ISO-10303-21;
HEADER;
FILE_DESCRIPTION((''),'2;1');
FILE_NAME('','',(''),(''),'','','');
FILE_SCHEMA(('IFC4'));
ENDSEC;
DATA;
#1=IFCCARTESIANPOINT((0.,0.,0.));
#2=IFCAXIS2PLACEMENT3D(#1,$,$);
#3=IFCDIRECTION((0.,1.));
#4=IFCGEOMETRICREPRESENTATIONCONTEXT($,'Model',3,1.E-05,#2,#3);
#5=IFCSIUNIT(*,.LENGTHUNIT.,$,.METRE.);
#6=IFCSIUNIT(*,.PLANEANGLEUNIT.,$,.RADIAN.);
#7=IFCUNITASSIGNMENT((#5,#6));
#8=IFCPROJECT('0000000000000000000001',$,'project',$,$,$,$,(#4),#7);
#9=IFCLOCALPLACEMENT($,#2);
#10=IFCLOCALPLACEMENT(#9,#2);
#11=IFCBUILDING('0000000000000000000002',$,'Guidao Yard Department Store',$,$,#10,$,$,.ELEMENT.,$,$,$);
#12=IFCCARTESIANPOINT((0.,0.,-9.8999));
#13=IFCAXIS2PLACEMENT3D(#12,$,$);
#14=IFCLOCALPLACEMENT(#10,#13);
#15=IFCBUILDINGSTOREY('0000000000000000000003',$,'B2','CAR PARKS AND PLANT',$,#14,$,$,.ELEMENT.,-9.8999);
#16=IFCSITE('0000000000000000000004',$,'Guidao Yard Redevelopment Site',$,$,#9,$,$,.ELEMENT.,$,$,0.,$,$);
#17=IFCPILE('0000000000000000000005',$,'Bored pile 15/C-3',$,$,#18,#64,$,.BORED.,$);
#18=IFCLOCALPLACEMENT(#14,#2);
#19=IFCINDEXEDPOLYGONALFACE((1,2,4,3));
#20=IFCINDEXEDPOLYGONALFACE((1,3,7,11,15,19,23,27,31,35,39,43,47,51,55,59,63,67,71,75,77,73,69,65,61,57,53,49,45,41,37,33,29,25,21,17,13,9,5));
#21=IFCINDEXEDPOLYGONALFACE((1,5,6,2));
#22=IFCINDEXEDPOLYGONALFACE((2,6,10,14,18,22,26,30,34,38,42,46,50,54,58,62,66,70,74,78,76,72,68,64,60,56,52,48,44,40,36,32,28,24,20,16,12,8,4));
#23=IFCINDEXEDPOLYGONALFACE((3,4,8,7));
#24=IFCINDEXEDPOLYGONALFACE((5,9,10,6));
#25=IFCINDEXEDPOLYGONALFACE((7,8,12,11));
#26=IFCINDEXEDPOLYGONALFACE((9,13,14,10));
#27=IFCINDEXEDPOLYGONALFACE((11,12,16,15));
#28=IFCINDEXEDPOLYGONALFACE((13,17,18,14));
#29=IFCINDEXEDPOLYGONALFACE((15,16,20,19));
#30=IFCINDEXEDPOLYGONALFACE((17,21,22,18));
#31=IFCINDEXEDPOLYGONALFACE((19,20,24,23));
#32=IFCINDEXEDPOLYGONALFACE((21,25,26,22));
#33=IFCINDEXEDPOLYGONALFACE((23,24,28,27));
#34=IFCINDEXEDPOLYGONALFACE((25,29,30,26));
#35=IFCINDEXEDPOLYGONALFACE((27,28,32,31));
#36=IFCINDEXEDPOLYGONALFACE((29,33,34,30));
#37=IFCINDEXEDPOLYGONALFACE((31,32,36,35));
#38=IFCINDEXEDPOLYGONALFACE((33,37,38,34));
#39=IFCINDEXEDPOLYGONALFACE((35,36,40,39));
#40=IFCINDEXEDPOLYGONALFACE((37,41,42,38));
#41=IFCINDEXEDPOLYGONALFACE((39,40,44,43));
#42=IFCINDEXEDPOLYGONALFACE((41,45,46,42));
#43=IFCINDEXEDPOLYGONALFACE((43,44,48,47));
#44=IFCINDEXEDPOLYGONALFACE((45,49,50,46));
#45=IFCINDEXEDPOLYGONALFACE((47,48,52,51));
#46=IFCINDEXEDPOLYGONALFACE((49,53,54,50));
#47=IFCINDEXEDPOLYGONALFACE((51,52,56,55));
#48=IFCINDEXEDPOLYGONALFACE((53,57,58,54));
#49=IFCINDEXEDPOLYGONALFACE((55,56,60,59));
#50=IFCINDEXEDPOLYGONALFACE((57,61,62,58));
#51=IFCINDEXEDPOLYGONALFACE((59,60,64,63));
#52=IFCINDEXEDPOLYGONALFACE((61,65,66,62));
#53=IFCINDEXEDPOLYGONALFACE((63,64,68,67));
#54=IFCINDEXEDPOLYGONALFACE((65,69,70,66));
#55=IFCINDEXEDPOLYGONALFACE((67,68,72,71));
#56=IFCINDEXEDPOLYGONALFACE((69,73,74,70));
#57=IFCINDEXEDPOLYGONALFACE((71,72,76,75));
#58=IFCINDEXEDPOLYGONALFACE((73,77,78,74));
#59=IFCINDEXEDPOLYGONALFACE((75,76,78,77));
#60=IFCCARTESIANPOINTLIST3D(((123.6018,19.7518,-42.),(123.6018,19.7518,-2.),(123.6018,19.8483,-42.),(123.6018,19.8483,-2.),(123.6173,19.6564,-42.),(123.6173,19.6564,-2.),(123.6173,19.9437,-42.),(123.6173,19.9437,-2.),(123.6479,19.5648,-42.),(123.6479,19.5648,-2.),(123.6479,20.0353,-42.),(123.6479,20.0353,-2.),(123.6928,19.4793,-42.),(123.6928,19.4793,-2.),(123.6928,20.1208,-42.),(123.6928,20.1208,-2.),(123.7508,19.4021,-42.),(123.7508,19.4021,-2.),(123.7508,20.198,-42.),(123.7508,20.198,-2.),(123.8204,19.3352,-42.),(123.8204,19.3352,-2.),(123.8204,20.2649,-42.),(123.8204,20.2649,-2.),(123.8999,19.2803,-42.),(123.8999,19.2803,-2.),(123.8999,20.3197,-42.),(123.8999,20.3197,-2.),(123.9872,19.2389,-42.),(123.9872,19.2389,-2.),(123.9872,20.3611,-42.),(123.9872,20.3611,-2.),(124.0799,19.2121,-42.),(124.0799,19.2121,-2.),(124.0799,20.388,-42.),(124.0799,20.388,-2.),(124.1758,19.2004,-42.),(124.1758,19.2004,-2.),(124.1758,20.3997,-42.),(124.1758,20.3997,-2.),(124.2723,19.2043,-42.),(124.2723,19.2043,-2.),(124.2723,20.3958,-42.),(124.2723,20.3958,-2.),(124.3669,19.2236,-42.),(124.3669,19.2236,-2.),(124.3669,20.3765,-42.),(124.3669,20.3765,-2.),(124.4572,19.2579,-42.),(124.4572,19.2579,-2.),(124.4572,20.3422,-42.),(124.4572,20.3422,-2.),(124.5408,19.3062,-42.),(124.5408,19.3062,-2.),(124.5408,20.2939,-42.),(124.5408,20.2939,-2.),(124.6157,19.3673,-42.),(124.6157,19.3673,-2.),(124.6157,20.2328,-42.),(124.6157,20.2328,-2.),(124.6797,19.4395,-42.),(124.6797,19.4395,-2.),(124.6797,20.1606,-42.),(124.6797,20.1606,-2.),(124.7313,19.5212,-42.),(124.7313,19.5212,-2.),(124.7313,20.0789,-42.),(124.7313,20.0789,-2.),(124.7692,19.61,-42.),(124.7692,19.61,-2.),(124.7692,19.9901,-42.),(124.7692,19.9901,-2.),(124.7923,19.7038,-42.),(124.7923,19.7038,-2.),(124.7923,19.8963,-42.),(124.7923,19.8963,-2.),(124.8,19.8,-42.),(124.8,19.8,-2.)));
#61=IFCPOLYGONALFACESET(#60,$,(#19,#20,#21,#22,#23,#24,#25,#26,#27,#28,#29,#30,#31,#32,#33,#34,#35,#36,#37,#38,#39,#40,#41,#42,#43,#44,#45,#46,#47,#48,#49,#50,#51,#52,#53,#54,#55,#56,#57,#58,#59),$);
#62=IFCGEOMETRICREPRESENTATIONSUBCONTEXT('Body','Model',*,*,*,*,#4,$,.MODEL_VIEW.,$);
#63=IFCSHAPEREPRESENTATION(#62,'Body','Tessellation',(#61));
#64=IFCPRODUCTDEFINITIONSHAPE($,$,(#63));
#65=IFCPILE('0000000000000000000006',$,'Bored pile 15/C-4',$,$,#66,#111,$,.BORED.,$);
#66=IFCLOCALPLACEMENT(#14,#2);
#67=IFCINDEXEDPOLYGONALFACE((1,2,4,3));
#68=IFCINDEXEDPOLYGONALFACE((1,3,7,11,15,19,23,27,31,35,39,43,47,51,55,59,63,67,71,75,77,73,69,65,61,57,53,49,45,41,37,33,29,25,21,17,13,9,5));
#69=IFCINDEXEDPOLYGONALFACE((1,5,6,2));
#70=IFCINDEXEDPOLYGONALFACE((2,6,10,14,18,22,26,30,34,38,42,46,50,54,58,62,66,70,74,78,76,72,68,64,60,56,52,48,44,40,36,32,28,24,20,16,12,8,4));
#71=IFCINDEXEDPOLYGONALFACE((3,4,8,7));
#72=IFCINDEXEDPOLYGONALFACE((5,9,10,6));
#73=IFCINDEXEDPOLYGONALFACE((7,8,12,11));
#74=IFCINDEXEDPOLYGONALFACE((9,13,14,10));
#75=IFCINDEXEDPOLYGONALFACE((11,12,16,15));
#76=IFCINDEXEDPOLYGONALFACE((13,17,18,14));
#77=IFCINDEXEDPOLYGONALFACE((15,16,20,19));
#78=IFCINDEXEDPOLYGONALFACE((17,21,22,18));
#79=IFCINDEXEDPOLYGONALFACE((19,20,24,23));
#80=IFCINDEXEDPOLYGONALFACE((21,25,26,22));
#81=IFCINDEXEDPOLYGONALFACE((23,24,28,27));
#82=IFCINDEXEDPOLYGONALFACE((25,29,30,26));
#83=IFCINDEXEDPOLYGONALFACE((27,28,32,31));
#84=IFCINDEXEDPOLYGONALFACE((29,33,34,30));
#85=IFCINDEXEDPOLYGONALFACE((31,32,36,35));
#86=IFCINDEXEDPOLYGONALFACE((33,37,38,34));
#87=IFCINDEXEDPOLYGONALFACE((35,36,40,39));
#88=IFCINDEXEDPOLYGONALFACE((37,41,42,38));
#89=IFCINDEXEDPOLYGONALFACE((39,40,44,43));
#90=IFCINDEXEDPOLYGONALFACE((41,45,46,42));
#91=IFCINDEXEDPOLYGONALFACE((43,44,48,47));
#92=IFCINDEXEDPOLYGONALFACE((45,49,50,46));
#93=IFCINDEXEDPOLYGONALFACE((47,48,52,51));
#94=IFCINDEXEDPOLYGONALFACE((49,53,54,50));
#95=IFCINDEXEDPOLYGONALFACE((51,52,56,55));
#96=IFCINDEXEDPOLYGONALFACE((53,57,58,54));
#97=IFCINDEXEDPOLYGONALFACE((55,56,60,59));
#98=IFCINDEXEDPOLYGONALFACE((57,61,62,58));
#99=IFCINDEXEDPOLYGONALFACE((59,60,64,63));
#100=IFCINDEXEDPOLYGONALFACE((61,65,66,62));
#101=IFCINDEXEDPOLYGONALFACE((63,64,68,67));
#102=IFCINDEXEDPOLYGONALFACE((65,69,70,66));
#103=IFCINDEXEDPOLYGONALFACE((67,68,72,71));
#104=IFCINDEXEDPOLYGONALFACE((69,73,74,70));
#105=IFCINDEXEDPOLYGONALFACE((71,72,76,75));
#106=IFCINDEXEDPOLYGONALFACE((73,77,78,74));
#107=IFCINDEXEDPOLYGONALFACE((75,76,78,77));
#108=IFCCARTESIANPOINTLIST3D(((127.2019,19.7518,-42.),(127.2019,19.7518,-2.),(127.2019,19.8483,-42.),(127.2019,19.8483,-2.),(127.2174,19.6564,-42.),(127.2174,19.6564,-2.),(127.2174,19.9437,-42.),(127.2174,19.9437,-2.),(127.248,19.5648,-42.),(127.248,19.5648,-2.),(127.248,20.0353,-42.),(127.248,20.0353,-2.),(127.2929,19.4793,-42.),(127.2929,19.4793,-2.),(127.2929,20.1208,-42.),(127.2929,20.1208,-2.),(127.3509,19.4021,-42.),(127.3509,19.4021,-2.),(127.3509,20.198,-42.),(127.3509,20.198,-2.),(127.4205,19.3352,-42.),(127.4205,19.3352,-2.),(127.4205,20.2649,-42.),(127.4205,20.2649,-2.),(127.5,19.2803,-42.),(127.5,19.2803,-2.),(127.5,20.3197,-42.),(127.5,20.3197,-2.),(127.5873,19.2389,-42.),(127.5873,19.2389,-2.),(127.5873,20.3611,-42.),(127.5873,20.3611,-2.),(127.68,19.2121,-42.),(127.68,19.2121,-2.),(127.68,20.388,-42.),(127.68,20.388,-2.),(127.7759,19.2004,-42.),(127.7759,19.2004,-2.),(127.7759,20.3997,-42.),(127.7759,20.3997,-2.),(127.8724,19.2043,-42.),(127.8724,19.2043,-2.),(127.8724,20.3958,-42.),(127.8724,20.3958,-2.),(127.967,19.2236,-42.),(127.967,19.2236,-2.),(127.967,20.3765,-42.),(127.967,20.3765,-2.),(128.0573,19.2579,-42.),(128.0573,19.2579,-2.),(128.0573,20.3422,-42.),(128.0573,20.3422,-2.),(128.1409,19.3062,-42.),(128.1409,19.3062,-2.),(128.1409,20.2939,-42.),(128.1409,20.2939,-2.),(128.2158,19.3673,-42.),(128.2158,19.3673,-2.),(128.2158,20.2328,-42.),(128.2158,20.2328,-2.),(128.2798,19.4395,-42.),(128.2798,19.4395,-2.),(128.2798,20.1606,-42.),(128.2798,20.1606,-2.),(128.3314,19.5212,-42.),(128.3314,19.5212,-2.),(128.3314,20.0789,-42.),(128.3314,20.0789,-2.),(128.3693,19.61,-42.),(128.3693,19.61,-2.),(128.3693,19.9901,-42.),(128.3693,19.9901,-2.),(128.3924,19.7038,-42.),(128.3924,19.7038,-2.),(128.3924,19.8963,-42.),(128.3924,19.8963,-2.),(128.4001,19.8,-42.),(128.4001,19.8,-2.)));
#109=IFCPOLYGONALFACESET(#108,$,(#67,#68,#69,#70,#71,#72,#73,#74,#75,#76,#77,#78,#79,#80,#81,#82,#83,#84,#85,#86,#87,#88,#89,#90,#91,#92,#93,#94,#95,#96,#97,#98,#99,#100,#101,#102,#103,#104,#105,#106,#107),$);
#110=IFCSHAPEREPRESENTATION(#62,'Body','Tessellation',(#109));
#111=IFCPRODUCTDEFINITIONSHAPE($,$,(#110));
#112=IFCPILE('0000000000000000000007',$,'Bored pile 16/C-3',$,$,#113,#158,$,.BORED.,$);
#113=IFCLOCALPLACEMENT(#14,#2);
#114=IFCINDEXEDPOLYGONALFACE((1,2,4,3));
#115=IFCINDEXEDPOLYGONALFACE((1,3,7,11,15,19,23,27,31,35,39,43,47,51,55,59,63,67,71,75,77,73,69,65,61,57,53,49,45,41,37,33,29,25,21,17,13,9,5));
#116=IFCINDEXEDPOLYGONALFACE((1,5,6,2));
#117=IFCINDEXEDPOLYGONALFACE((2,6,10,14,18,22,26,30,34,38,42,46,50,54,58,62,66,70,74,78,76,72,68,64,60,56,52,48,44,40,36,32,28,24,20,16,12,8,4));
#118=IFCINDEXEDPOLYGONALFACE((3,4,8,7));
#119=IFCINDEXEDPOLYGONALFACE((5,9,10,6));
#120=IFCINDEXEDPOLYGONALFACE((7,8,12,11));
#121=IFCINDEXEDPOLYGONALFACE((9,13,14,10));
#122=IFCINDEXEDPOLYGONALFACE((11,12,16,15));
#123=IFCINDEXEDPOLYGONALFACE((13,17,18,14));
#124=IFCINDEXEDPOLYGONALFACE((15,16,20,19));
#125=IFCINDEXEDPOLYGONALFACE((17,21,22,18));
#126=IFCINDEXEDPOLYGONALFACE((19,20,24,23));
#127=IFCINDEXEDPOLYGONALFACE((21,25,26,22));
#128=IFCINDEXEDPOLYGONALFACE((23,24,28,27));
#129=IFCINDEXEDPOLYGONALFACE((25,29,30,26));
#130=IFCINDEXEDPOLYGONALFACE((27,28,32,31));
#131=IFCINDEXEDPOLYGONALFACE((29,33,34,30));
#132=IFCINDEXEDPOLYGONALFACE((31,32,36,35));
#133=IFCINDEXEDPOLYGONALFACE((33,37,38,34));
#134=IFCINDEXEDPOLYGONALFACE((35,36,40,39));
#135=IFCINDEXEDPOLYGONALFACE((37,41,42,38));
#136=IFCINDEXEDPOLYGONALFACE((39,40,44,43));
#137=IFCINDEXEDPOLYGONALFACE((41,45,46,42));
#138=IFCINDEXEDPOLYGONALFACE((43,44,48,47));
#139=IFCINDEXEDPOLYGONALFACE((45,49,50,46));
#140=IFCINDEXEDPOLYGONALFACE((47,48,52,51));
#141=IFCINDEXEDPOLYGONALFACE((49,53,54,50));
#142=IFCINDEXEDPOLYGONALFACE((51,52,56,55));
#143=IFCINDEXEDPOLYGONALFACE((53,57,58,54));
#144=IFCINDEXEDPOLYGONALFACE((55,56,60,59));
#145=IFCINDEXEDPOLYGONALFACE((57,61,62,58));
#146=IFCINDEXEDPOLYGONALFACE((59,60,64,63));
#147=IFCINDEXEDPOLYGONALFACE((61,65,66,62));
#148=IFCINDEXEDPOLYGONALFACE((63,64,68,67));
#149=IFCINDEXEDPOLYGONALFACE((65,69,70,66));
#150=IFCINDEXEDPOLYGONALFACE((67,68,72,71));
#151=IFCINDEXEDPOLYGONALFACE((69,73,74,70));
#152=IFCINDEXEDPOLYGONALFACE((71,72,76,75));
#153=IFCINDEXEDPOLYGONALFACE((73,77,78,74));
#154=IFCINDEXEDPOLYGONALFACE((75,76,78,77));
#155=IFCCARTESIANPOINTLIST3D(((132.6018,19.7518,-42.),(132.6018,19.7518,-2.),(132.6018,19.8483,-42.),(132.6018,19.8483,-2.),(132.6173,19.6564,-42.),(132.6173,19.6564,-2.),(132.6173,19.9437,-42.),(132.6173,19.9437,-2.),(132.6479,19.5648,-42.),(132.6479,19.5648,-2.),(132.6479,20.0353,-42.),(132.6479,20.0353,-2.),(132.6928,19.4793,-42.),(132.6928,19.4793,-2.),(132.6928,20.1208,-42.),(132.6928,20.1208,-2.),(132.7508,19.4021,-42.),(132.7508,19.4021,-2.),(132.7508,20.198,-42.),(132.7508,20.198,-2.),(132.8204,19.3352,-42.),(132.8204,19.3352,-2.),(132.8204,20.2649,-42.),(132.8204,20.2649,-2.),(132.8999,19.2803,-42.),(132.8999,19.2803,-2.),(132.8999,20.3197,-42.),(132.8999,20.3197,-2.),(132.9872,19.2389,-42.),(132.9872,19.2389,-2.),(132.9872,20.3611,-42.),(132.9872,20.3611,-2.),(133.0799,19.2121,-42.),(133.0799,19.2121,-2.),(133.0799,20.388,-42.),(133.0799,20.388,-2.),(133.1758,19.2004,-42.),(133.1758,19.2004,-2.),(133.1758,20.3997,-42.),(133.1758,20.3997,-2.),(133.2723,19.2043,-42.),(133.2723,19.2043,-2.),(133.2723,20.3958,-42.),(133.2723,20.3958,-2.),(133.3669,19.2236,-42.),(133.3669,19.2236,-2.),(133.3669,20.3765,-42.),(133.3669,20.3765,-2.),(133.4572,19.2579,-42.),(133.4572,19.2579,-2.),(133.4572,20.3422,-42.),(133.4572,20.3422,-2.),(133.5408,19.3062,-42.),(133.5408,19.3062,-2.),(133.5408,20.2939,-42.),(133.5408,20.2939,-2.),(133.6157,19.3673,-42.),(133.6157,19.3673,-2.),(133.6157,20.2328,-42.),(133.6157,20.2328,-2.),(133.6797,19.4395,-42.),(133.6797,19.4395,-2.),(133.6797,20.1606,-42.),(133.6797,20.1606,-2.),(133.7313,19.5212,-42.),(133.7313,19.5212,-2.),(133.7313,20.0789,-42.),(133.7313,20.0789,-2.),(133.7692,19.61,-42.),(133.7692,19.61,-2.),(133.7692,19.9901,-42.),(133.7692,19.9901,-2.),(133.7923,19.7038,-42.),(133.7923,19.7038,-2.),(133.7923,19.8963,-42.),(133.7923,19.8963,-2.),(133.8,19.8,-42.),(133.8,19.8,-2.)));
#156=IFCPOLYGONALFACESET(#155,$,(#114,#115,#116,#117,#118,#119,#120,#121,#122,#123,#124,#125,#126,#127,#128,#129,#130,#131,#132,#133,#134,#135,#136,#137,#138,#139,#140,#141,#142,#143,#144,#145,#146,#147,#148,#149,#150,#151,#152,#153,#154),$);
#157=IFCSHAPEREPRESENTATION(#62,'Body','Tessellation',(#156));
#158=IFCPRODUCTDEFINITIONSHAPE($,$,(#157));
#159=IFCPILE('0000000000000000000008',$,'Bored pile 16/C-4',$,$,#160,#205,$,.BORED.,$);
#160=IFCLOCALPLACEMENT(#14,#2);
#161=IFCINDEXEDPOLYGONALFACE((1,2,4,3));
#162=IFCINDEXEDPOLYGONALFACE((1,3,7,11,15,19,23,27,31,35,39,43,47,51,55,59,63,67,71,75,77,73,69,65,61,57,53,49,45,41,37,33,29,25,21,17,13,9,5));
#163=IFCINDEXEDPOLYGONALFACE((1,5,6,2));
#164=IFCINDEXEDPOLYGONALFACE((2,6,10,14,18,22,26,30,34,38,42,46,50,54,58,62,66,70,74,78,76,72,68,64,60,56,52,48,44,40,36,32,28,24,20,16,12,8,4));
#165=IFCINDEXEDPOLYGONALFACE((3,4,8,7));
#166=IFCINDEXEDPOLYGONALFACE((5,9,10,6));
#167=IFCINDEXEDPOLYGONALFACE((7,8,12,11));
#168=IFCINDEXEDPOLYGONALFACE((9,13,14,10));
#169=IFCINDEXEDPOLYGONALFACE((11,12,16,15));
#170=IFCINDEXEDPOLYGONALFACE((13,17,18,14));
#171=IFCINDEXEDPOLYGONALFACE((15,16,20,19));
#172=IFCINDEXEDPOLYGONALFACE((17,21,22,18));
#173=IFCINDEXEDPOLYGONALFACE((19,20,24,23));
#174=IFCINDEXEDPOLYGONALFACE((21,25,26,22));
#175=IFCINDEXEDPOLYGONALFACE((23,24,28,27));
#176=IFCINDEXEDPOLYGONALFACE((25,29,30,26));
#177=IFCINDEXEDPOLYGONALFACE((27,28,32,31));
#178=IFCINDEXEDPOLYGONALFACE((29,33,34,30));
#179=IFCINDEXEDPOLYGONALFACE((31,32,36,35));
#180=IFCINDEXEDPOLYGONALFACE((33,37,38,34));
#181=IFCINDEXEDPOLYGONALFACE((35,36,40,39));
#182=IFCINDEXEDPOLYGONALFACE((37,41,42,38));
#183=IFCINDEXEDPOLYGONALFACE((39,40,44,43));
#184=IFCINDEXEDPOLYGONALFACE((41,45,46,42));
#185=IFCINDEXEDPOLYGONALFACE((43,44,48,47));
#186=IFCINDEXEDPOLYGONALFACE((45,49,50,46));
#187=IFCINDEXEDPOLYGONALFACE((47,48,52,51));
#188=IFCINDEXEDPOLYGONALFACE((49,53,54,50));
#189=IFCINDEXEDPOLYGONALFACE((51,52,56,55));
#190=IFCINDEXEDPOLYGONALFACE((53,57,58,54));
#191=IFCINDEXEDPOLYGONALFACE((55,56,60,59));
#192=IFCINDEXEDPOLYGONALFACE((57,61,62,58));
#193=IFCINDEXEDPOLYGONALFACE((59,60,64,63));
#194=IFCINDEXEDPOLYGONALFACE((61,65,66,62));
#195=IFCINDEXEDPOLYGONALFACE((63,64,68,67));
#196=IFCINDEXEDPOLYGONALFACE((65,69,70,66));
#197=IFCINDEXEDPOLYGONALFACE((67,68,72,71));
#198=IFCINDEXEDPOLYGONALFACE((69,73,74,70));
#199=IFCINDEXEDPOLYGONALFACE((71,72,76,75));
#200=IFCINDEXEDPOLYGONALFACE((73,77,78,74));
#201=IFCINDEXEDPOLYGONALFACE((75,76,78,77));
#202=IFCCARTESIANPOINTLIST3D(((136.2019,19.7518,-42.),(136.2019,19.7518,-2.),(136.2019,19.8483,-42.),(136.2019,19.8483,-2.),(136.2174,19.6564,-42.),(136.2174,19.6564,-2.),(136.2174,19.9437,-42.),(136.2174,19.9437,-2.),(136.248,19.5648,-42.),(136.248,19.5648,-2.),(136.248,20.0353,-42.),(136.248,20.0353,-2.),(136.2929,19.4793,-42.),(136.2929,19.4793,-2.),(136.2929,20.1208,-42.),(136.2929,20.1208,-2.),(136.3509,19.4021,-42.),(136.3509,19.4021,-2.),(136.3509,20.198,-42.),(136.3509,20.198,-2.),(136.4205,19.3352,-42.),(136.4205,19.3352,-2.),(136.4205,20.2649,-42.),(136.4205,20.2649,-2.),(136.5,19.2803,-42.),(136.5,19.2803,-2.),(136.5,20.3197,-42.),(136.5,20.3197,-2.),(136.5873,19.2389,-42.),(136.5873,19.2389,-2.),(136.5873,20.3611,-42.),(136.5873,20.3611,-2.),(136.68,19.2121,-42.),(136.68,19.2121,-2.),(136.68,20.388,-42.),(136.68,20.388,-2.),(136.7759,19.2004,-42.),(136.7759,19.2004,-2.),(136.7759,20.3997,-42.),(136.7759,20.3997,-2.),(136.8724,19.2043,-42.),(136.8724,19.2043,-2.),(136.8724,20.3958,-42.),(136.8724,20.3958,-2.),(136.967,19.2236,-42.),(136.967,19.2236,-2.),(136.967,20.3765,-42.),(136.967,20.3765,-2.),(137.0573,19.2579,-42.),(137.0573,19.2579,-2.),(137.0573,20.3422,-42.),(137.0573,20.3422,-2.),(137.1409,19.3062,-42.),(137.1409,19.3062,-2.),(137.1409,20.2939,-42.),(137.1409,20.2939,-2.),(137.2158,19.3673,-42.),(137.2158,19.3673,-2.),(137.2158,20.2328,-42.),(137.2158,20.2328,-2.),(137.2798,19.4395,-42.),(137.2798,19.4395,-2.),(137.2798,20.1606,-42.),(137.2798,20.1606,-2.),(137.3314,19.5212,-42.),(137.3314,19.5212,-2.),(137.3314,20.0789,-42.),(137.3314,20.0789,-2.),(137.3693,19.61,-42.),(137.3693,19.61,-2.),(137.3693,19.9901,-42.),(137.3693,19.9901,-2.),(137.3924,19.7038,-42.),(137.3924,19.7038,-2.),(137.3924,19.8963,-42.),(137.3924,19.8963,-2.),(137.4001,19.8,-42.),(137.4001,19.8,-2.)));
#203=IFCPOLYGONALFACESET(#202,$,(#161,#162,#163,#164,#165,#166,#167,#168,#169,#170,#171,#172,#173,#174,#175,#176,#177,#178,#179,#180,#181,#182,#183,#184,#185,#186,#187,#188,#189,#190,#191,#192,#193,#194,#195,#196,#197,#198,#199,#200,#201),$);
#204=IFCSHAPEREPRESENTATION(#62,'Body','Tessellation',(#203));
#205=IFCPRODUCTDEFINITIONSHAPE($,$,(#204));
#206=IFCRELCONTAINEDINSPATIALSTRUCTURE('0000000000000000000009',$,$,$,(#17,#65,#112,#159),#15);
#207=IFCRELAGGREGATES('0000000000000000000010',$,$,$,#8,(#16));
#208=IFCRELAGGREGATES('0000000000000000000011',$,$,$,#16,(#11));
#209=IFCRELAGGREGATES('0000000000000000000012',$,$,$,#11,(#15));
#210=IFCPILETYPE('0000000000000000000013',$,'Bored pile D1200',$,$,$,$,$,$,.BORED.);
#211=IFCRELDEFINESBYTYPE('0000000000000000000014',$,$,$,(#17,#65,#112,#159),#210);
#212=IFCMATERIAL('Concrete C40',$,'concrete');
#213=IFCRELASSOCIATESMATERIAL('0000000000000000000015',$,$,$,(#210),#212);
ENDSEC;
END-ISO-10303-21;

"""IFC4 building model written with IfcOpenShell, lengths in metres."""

from ifc_helpers import new_model, si_unit, direction, frame, origin, origin_2d, place, context, subcontext, project, spatial, circle, extrude, material, material_profile, profile_set, type_object, element, save


model = new_model("IFC4")

# Units and contexts
model_context = context("Model", 3, precision=1e-05, world=origin(), true_north=direction((0.0, 1.0)))
body_context = subcontext(model_context, "Body", "Model", "MODEL_VIEW")
ifc_project = project(units=[si_unit("LENGTHUNIT", "METRE"), si_unit("PLANEANGLEUNIT", "RADIAN")], contexts=[model_context])

# Site, building, storey
site_placement = place(None, origin())
site = spatial("IfcSite", under=ifc_project, at=site_placement, Name="Guidao Yard Redevelopment Site", CompositionType="ELEMENT", RefElevation=0.0)
building_placement = place(site_placement, origin())
building = spatial("IfcBuilding", under=site, at=building_placement, Name="Guidao Yard Department Store", CompositionType="ELEMENT")
storey_placement = place(building_placement, frame((0.0, 0.0, -9.8999)))
storey = spatial("IfcBuildingStorey", under=building, at=storey_placement, Name="B2", Description="CAR PARKS AND PLANT", CompositionType="ELEMENT", Elevation=-9.8999)

# Piles
ifc_material_1 = material(Name="Concrete C40", Category="concrete")
ifc_material_profile_1 = material_profile(ifc_material_1, circle(Radius=0.6001, at=origin_2d()), Name="Bored pile D1200")
ifc_profile_set_1 = profile_set([ifc_material_profile_1], Name="Concrete C40")
pile_type = type_object("IfcPileType", Name="Bored pile D1200", PredefinedType="BORED", material=ifc_profile_set_1)
for number, where, z_axis, x_axis, name in (
    (1, (124.2, 19.8, -2.0), (0.0, 0.0, -1.0), (1.0, 0.0, 0.0), "Bored pile 15/C-3"),
    (2, (127.8, 19.8, -2.0), (0.0, 0.0, -1.0), (1.0, 0.0, 0.0), "Bored pile 15/C-4"),
    (3, (133.2, 19.8, -2.0), (0.0, 0.0, -1.0), (1.0, 0.0, 0.0), "Bored pile 16/C-3"),
    (4, (136.8, 19.8, -2.0), (0.0, 0.0, -1.0), (1.0, 0.0, 0.0), "Bored pile 16/C-4"),
):
    element("IfcPile", number, at=place(storey_placement, frame(where, z_axis=z_axis, x_axis=x_axis)), inside=storey, type_object=pile_type, Name=name, PredefinedType="BORED", context=body_context, shape_type="SweptSolid", body=[
        extrude(circle(Radius=0.6001, at=origin_2d()), origin(), (0.0, 0.0, 1.0), 40.0),
    ])

save(model, "model.ifc")
